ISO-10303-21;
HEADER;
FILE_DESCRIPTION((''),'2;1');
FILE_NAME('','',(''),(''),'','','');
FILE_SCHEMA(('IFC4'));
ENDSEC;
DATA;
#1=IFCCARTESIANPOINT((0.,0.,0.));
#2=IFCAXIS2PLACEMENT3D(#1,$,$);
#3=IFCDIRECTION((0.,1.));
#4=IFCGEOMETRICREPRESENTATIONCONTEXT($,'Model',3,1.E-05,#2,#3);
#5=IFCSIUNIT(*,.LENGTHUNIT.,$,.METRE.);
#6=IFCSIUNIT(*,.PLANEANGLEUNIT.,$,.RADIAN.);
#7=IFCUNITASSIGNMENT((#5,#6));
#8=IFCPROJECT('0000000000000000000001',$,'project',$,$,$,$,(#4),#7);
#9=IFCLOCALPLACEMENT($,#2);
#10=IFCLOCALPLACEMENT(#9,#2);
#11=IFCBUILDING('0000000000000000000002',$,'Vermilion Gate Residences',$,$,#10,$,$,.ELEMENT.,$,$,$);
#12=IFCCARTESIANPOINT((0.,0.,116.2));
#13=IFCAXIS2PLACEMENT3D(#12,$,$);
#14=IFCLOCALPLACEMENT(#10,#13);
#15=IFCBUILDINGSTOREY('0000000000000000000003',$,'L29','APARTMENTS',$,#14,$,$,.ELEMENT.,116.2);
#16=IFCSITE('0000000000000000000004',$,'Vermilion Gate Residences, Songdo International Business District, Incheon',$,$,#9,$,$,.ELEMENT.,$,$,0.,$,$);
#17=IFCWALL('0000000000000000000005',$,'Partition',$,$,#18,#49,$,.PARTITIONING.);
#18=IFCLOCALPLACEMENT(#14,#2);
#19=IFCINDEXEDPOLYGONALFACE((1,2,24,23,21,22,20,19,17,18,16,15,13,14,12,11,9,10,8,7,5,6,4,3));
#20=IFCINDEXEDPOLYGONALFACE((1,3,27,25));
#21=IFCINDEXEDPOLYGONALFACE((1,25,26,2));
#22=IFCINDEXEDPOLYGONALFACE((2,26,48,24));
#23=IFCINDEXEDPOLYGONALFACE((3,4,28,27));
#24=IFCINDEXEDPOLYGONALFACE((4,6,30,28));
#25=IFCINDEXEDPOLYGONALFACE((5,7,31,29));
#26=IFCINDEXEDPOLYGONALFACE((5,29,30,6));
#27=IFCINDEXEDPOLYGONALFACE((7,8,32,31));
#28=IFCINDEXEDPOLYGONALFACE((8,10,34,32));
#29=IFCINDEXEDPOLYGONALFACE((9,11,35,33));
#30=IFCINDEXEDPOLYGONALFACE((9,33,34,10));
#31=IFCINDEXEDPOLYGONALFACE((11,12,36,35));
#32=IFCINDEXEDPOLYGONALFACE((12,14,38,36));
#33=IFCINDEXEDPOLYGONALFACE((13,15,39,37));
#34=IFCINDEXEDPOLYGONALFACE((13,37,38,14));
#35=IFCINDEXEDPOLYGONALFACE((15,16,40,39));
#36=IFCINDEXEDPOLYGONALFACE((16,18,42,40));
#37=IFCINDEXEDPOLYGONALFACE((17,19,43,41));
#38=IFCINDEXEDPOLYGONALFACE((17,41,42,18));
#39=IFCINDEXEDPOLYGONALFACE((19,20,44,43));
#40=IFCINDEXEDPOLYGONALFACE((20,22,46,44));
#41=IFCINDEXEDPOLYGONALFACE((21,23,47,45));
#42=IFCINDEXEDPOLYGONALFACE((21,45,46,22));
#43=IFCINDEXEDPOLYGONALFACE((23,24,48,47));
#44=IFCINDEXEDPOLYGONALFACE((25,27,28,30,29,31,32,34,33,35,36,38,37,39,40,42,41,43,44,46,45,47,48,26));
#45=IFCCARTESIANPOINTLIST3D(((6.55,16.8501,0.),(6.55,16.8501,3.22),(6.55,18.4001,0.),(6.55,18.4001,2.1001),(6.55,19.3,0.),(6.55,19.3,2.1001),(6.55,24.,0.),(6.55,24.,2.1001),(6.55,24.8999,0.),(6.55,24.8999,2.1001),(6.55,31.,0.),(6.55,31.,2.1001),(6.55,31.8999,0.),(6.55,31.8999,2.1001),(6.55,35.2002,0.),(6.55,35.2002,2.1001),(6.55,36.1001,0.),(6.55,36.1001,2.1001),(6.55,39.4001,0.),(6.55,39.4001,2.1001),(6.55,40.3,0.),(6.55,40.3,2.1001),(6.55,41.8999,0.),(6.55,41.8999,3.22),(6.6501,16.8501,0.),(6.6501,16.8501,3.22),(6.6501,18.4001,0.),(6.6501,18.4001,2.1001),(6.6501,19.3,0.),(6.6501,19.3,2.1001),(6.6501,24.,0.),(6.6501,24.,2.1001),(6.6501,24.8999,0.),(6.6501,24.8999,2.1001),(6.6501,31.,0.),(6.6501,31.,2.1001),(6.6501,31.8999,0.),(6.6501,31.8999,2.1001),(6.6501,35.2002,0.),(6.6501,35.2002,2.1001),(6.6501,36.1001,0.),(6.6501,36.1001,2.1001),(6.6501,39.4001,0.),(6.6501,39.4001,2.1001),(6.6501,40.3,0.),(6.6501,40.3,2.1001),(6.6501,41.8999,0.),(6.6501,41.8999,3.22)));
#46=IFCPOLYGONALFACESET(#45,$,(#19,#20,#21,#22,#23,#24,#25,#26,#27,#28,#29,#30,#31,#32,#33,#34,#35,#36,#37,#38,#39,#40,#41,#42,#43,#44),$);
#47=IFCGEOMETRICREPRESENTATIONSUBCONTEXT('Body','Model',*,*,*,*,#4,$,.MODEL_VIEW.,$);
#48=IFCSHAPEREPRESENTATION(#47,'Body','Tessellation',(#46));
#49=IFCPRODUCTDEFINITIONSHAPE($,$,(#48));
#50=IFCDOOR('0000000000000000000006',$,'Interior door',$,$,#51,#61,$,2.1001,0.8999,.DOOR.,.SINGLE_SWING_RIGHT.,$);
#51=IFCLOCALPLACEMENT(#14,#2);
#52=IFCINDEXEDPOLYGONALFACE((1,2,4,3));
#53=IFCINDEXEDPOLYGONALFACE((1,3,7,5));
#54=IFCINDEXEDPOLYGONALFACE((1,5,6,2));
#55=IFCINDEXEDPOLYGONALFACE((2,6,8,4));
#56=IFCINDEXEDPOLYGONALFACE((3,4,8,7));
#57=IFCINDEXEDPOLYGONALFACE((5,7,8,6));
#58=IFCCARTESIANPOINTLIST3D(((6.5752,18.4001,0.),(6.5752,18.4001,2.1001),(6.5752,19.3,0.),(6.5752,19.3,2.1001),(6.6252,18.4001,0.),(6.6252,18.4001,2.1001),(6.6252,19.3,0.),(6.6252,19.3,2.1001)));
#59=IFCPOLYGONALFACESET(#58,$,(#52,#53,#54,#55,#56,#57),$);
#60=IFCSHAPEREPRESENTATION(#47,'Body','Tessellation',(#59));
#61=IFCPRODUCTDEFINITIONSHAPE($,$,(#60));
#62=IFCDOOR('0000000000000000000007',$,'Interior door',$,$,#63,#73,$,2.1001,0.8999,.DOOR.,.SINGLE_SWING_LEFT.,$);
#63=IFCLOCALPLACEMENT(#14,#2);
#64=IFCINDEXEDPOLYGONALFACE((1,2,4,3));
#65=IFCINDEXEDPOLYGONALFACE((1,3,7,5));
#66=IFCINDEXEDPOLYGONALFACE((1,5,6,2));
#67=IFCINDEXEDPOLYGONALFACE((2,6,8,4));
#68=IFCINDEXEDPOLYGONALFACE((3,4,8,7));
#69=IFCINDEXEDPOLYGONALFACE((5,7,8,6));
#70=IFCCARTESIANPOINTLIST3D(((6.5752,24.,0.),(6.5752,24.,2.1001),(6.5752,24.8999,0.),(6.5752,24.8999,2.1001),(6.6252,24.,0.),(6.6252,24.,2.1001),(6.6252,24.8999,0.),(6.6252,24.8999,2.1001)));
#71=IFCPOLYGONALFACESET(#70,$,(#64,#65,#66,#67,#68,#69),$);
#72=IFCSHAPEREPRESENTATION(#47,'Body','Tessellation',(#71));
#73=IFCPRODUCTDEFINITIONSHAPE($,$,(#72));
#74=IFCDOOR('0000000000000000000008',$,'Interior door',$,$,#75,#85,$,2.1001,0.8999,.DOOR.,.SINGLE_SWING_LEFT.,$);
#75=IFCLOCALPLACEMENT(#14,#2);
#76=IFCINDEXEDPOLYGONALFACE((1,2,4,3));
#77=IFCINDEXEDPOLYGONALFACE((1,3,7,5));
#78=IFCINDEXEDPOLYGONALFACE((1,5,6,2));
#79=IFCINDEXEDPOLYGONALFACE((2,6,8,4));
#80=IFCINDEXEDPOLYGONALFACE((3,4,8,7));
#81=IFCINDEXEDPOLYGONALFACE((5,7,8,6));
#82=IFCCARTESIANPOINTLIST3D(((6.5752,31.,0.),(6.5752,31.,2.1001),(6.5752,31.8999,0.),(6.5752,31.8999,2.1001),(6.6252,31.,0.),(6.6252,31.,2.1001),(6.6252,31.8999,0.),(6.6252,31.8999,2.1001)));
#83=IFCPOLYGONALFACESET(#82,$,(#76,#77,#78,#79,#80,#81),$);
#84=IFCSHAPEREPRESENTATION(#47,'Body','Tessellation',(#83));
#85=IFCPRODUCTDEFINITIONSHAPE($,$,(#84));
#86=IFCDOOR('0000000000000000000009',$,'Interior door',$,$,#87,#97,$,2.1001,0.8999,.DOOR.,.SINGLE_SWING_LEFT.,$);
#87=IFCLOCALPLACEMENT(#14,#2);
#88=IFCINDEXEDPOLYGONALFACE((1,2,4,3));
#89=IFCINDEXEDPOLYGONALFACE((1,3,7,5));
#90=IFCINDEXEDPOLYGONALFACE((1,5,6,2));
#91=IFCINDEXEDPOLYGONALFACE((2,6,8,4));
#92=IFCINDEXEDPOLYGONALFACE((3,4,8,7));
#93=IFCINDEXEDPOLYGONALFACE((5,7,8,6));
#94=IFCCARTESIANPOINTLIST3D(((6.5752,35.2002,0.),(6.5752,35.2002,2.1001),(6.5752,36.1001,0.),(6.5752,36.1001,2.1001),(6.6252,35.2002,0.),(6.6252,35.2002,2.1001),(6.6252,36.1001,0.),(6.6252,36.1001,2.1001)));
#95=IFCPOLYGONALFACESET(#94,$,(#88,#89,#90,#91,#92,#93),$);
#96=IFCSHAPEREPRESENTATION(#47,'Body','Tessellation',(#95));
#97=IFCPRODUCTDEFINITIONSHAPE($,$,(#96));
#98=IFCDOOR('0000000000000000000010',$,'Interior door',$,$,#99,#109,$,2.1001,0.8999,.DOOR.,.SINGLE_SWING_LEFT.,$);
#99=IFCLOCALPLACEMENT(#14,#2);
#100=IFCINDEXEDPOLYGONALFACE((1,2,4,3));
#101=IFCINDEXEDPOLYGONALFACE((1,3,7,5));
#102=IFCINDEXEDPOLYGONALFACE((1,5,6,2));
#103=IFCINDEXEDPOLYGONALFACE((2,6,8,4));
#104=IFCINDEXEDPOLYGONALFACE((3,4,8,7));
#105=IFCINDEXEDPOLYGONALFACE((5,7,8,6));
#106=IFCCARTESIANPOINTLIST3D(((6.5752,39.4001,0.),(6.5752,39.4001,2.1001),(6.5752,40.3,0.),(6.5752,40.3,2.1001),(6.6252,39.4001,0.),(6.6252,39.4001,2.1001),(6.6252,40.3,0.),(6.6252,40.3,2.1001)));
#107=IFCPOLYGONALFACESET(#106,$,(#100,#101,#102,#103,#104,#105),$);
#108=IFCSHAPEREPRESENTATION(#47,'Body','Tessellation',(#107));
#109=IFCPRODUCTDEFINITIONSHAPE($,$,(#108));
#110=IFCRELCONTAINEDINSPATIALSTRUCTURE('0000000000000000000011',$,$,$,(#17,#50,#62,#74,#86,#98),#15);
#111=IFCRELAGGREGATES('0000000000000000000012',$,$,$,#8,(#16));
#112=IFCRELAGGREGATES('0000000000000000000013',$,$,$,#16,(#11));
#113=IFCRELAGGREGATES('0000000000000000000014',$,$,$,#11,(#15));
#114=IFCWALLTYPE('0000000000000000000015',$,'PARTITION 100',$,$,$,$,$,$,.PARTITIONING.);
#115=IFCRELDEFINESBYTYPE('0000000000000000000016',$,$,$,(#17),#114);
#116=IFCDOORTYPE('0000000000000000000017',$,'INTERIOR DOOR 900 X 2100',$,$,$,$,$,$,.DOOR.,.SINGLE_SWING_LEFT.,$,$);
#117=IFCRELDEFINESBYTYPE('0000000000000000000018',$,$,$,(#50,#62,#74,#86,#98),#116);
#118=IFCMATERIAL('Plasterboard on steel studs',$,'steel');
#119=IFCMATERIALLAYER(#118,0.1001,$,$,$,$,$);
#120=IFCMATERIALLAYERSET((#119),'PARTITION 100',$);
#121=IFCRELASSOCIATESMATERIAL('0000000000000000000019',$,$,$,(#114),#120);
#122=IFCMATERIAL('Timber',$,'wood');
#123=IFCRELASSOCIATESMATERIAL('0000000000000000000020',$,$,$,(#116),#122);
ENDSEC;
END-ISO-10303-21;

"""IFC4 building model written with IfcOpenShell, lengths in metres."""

from ifc_helpers import new_model, si_unit, direction, frame, frame_2d, origin, place, context, subcontext, project, spatial, rectangle, extrude, material, layer, layer_set, type_object, element, fill, save


model = new_model("IFC4")

# Units and contexts
model_context = context("Model", 3, precision=1e-05, world=origin(), true_north=direction((0.0, 1.0)))
body_context = subcontext(model_context, "Body", "Model", "MODEL_VIEW")
ifc_project = project(units=[si_unit("LENGTHUNIT", "METRE"), si_unit("PLANEANGLEUNIT", "RADIAN")], contexts=[model_context])

# Site, building, storey
site_placement = place(None, origin())
site = spatial("IfcSite", under=ifc_project, at=site_placement, Name="Vermilion Gate Residences, Songdo International Business District, Incheon", CompositionType="ELEMENT", RefElevation=0.0)
building_placement = place(site_placement, origin())
building = spatial("IfcBuilding", under=site, at=building_placement, Name="Vermilion Gate Residences", CompositionType="ELEMENT")
storey_placement = place(building_placement, frame((0.0, 0.0, 116.2)))
storey = spatial("IfcBuildingStorey", under=building, at=storey_placement, Name="L29", Description="APARTMENTS", CompositionType="ELEMENT", Elevation=116.2)

# Shared definitions
ifc_material_1 = material(Name="Plasterboard on steel studs", Category="steel")
ifc_layer_1 = layer(ifc_material_1, 0.1001)
ifc_layer_set_1 = layer_set([ifc_layer_1], Name="PARTITION 100")
wall_type_1 = type_object("IfcWallType", Name="PARTITION 100", PredefinedType="PARTITIONING", material=ifc_layer_set_1)

# Wall, openings, doors
wall_1_placement = place(storey_placement, frame((6.6001, 16.8501, 0.0), z_axis=(0.0, 0.0, 1.0), x_axis=(0.0, 1.0, 0.0)))
wall_1 = element("IfcWall", 1, at=wall_1_placement, inside=storey, type_object=wall_type_1, Name="Partition", PredefinedType="PARTITIONING", context=body_context, shape_type="SweptSolid", body=[
    extrude(rectangle(XDim=25.0498, YDim=0.1001, at=frame_2d((12.5249, 0.0))), origin(), (0.0, 0.0, 1.0), 3.22),
])
opening_1_placement = place(wall_1_placement, frame((1.55, 0.0, 0.0)))
opening_1 = element("IfcOpeningElement", 2, at=opening_1_placement, cuts=wall_1, PredefinedType="OPENING", context=body_context, shape_type="SweptSolid", body=[
    extrude(rectangle(XDim=0.8999, YDim=2.1001, at=frame_2d((0.45, 1.05))), frame((0.0, 0.0601, 0.0), z_axis=(0.0, -1.0, 0.0), x_axis=(1.0, 0.0, 0.0)), (0.0, 0.0, 1.0), 0.1201),
])
opening_2_placement = place(wall_1_placement, frame((7.1499, 0.0, 0.0)))
opening_2 = element("IfcOpeningElement", 3, at=opening_2_placement, cuts=wall_1, PredefinedType="OPENING", context=body_context, shape_type="SweptSolid", body=[
    extrude(rectangle(XDim=0.8999, YDim=2.1001, at=frame_2d((0.45, 1.05))), frame((0.0, 0.0601, 0.0), z_axis=(0.0, -1.0, 0.0), x_axis=(1.0, 0.0, 0.0)), (0.0, 0.0, 1.0), 0.1201),
])
opening_3_placement = place(wall_1_placement, frame((14.1499, 0.0, 0.0)))
opening_3 = element("IfcOpeningElement", 4, at=opening_3_placement, cuts=wall_1, PredefinedType="OPENING", context=body_context, shape_type="SweptSolid", body=[
    extrude(rectangle(XDim=0.8999, YDim=2.1001, at=frame_2d((0.45, 1.05))), frame((0.0, 0.0601, 0.0), z_axis=(0.0, -1.0, 0.0), x_axis=(1.0, 0.0, 0.0)), (0.0, 0.0, 1.0), 0.1201),
])
opening_4_placement = place(wall_1_placement, frame((18.3501, 0.0, 0.0)))
opening_4 = element("IfcOpeningElement", 5, at=opening_4_placement, cuts=wall_1, PredefinedType="OPENING", context=body_context, shape_type="SweptSolid", body=[
    extrude(rectangle(XDim=0.8999, YDim=2.1001, at=frame_2d((0.45, 1.05))), frame((0.0, 0.0601, 0.0), z_axis=(0.0, -1.0, 0.0), x_axis=(1.0, 0.0, 0.0)), (0.0, 0.0, 1.0), 0.1201),
])
opening_5_placement = place(wall_1_placement, frame((22.55, 0.0, 0.0)))
opening_5 = element("IfcOpeningElement", 6, at=opening_5_placement, cuts=wall_1, PredefinedType="OPENING", context=body_context, shape_type="SweptSolid", body=[
    extrude(rectangle(XDim=0.8999, YDim=2.1001, at=frame_2d((0.45, 1.05))), frame((0.0, 0.0601, 0.0), z_axis=(0.0, -1.0, 0.0), x_axis=(1.0, 0.0, 0.0)), (0.0, 0.0, 1.0), 0.1201),
])
ifc_material_2 = material(Name="Timber", Category="wood")
door_type = type_object("IfcDoorType", Name="INTERIOR DOOR 900 X 2100", OperationType="SINGLE_SWING_LEFT", PredefinedType="DOOR", material=ifc_material_2)
door_1_placement = place(opening_1_placement, origin())
door_1 = element("IfcDoor", 7, at=door_1_placement, inside=storey, type_object=door_type, Name="Interior door", OperationType="SINGLE_SWING_RIGHT", OverallHeight=2.1001, OverallWidth=0.8999, PredefinedType="DOOR", context=body_context, shape_type="SweptSolid", body=[
    extrude(rectangle(XDim=0.8999, YDim=2.1001, at=frame_2d((0.45, 1.05))), frame((0.0, 0.0249, 0.0), z_axis=(0.0, -1.0, 0.0), x_axis=(1.0, 0.0, 0.0)), (0.0, 0.0, 1.0), 0.05),
])
fill(opening_1, door_1)
door_2_placement = place(opening_2_placement, origin())
door_2 = element("IfcDoor", 8, at=door_2_placement, inside=storey, type_object=door_type, Name="Interior door", OperationType="SINGLE_SWING_LEFT", OverallHeight=2.1001, OverallWidth=0.8999, PredefinedType="DOOR", context=body_context, shape_type="SweptSolid", body=[
    extrude(rectangle(XDim=0.8999, YDim=2.1001, at=frame_2d((0.45, 1.05))), frame((0.0, 0.0249, 0.0), z_axis=(0.0, -1.0, 0.0), x_axis=(1.0, 0.0, 0.0)), (0.0, 0.0, 1.0), 0.05),
])
fill(opening_2, door_2)
door_3_placement = place(opening_3_placement, origin())
door_3 = element("IfcDoor", 9, at=door_3_placement, inside=storey, type_object=door_type, Name="Interior door", OperationType="SINGLE_SWING_LEFT", OverallHeight=2.1001, OverallWidth=0.8999, PredefinedType="DOOR", context=body_context, shape_type="SweptSolid", body=[
    extrude(rectangle(XDim=0.8999, YDim=2.1001, at=frame_2d((0.45, 1.05))), frame((0.0, 0.0249, 0.0), z_axis=(0.0, -1.0, 0.0), x_axis=(1.0, 0.0, 0.0)), (0.0, 0.0, 1.0), 0.05),
])
fill(opening_3, door_3)
door_4_placement = place(opening_4_placement, origin())
door_4 = element("IfcDoor", 10, at=door_4_placement, inside=storey, type_object=door_type, Name="Interior door", OperationType="SINGLE_SWING_LEFT", OverallHeight=2.1001, OverallWidth=0.8999, PredefinedType="DOOR", context=body_context, shape_type="SweptSolid", body=[
    extrude(rectangle(XDim=0.8999, YDim=2.1001, at=frame_2d((0.45, 1.05))), frame((0.0, 0.0249, 0.0), z_axis=(0.0, -1.0, 0.0), x_axis=(1.0, 0.0, 0.0)), (0.0, 0.0, 1.0), 0.05),
])
fill(opening_4, door_4)
door_5_placement = place(opening_5_placement, origin())
door_5 = element("IfcDoor", 11, at=door_5_placement, inside=storey, type_object=door_type, Name="Interior door", OperationType="SINGLE_SWING_LEFT", OverallHeight=2.1001, OverallWidth=0.8999, PredefinedType="DOOR", context=body_context, shape_type="SweptSolid", body=[
    extrude(rectangle(XDim=0.8999, YDim=2.1001, at=frame_2d((0.45, 1.05))), frame((0.0, 0.0249, 0.0), z_axis=(0.0, -1.0, 0.0), x_axis=(1.0, 0.0, 0.0)), (0.0, 0.0, 1.0), 0.05),
])
fill(opening_5, door_5)

save(model, "model.ifc")
